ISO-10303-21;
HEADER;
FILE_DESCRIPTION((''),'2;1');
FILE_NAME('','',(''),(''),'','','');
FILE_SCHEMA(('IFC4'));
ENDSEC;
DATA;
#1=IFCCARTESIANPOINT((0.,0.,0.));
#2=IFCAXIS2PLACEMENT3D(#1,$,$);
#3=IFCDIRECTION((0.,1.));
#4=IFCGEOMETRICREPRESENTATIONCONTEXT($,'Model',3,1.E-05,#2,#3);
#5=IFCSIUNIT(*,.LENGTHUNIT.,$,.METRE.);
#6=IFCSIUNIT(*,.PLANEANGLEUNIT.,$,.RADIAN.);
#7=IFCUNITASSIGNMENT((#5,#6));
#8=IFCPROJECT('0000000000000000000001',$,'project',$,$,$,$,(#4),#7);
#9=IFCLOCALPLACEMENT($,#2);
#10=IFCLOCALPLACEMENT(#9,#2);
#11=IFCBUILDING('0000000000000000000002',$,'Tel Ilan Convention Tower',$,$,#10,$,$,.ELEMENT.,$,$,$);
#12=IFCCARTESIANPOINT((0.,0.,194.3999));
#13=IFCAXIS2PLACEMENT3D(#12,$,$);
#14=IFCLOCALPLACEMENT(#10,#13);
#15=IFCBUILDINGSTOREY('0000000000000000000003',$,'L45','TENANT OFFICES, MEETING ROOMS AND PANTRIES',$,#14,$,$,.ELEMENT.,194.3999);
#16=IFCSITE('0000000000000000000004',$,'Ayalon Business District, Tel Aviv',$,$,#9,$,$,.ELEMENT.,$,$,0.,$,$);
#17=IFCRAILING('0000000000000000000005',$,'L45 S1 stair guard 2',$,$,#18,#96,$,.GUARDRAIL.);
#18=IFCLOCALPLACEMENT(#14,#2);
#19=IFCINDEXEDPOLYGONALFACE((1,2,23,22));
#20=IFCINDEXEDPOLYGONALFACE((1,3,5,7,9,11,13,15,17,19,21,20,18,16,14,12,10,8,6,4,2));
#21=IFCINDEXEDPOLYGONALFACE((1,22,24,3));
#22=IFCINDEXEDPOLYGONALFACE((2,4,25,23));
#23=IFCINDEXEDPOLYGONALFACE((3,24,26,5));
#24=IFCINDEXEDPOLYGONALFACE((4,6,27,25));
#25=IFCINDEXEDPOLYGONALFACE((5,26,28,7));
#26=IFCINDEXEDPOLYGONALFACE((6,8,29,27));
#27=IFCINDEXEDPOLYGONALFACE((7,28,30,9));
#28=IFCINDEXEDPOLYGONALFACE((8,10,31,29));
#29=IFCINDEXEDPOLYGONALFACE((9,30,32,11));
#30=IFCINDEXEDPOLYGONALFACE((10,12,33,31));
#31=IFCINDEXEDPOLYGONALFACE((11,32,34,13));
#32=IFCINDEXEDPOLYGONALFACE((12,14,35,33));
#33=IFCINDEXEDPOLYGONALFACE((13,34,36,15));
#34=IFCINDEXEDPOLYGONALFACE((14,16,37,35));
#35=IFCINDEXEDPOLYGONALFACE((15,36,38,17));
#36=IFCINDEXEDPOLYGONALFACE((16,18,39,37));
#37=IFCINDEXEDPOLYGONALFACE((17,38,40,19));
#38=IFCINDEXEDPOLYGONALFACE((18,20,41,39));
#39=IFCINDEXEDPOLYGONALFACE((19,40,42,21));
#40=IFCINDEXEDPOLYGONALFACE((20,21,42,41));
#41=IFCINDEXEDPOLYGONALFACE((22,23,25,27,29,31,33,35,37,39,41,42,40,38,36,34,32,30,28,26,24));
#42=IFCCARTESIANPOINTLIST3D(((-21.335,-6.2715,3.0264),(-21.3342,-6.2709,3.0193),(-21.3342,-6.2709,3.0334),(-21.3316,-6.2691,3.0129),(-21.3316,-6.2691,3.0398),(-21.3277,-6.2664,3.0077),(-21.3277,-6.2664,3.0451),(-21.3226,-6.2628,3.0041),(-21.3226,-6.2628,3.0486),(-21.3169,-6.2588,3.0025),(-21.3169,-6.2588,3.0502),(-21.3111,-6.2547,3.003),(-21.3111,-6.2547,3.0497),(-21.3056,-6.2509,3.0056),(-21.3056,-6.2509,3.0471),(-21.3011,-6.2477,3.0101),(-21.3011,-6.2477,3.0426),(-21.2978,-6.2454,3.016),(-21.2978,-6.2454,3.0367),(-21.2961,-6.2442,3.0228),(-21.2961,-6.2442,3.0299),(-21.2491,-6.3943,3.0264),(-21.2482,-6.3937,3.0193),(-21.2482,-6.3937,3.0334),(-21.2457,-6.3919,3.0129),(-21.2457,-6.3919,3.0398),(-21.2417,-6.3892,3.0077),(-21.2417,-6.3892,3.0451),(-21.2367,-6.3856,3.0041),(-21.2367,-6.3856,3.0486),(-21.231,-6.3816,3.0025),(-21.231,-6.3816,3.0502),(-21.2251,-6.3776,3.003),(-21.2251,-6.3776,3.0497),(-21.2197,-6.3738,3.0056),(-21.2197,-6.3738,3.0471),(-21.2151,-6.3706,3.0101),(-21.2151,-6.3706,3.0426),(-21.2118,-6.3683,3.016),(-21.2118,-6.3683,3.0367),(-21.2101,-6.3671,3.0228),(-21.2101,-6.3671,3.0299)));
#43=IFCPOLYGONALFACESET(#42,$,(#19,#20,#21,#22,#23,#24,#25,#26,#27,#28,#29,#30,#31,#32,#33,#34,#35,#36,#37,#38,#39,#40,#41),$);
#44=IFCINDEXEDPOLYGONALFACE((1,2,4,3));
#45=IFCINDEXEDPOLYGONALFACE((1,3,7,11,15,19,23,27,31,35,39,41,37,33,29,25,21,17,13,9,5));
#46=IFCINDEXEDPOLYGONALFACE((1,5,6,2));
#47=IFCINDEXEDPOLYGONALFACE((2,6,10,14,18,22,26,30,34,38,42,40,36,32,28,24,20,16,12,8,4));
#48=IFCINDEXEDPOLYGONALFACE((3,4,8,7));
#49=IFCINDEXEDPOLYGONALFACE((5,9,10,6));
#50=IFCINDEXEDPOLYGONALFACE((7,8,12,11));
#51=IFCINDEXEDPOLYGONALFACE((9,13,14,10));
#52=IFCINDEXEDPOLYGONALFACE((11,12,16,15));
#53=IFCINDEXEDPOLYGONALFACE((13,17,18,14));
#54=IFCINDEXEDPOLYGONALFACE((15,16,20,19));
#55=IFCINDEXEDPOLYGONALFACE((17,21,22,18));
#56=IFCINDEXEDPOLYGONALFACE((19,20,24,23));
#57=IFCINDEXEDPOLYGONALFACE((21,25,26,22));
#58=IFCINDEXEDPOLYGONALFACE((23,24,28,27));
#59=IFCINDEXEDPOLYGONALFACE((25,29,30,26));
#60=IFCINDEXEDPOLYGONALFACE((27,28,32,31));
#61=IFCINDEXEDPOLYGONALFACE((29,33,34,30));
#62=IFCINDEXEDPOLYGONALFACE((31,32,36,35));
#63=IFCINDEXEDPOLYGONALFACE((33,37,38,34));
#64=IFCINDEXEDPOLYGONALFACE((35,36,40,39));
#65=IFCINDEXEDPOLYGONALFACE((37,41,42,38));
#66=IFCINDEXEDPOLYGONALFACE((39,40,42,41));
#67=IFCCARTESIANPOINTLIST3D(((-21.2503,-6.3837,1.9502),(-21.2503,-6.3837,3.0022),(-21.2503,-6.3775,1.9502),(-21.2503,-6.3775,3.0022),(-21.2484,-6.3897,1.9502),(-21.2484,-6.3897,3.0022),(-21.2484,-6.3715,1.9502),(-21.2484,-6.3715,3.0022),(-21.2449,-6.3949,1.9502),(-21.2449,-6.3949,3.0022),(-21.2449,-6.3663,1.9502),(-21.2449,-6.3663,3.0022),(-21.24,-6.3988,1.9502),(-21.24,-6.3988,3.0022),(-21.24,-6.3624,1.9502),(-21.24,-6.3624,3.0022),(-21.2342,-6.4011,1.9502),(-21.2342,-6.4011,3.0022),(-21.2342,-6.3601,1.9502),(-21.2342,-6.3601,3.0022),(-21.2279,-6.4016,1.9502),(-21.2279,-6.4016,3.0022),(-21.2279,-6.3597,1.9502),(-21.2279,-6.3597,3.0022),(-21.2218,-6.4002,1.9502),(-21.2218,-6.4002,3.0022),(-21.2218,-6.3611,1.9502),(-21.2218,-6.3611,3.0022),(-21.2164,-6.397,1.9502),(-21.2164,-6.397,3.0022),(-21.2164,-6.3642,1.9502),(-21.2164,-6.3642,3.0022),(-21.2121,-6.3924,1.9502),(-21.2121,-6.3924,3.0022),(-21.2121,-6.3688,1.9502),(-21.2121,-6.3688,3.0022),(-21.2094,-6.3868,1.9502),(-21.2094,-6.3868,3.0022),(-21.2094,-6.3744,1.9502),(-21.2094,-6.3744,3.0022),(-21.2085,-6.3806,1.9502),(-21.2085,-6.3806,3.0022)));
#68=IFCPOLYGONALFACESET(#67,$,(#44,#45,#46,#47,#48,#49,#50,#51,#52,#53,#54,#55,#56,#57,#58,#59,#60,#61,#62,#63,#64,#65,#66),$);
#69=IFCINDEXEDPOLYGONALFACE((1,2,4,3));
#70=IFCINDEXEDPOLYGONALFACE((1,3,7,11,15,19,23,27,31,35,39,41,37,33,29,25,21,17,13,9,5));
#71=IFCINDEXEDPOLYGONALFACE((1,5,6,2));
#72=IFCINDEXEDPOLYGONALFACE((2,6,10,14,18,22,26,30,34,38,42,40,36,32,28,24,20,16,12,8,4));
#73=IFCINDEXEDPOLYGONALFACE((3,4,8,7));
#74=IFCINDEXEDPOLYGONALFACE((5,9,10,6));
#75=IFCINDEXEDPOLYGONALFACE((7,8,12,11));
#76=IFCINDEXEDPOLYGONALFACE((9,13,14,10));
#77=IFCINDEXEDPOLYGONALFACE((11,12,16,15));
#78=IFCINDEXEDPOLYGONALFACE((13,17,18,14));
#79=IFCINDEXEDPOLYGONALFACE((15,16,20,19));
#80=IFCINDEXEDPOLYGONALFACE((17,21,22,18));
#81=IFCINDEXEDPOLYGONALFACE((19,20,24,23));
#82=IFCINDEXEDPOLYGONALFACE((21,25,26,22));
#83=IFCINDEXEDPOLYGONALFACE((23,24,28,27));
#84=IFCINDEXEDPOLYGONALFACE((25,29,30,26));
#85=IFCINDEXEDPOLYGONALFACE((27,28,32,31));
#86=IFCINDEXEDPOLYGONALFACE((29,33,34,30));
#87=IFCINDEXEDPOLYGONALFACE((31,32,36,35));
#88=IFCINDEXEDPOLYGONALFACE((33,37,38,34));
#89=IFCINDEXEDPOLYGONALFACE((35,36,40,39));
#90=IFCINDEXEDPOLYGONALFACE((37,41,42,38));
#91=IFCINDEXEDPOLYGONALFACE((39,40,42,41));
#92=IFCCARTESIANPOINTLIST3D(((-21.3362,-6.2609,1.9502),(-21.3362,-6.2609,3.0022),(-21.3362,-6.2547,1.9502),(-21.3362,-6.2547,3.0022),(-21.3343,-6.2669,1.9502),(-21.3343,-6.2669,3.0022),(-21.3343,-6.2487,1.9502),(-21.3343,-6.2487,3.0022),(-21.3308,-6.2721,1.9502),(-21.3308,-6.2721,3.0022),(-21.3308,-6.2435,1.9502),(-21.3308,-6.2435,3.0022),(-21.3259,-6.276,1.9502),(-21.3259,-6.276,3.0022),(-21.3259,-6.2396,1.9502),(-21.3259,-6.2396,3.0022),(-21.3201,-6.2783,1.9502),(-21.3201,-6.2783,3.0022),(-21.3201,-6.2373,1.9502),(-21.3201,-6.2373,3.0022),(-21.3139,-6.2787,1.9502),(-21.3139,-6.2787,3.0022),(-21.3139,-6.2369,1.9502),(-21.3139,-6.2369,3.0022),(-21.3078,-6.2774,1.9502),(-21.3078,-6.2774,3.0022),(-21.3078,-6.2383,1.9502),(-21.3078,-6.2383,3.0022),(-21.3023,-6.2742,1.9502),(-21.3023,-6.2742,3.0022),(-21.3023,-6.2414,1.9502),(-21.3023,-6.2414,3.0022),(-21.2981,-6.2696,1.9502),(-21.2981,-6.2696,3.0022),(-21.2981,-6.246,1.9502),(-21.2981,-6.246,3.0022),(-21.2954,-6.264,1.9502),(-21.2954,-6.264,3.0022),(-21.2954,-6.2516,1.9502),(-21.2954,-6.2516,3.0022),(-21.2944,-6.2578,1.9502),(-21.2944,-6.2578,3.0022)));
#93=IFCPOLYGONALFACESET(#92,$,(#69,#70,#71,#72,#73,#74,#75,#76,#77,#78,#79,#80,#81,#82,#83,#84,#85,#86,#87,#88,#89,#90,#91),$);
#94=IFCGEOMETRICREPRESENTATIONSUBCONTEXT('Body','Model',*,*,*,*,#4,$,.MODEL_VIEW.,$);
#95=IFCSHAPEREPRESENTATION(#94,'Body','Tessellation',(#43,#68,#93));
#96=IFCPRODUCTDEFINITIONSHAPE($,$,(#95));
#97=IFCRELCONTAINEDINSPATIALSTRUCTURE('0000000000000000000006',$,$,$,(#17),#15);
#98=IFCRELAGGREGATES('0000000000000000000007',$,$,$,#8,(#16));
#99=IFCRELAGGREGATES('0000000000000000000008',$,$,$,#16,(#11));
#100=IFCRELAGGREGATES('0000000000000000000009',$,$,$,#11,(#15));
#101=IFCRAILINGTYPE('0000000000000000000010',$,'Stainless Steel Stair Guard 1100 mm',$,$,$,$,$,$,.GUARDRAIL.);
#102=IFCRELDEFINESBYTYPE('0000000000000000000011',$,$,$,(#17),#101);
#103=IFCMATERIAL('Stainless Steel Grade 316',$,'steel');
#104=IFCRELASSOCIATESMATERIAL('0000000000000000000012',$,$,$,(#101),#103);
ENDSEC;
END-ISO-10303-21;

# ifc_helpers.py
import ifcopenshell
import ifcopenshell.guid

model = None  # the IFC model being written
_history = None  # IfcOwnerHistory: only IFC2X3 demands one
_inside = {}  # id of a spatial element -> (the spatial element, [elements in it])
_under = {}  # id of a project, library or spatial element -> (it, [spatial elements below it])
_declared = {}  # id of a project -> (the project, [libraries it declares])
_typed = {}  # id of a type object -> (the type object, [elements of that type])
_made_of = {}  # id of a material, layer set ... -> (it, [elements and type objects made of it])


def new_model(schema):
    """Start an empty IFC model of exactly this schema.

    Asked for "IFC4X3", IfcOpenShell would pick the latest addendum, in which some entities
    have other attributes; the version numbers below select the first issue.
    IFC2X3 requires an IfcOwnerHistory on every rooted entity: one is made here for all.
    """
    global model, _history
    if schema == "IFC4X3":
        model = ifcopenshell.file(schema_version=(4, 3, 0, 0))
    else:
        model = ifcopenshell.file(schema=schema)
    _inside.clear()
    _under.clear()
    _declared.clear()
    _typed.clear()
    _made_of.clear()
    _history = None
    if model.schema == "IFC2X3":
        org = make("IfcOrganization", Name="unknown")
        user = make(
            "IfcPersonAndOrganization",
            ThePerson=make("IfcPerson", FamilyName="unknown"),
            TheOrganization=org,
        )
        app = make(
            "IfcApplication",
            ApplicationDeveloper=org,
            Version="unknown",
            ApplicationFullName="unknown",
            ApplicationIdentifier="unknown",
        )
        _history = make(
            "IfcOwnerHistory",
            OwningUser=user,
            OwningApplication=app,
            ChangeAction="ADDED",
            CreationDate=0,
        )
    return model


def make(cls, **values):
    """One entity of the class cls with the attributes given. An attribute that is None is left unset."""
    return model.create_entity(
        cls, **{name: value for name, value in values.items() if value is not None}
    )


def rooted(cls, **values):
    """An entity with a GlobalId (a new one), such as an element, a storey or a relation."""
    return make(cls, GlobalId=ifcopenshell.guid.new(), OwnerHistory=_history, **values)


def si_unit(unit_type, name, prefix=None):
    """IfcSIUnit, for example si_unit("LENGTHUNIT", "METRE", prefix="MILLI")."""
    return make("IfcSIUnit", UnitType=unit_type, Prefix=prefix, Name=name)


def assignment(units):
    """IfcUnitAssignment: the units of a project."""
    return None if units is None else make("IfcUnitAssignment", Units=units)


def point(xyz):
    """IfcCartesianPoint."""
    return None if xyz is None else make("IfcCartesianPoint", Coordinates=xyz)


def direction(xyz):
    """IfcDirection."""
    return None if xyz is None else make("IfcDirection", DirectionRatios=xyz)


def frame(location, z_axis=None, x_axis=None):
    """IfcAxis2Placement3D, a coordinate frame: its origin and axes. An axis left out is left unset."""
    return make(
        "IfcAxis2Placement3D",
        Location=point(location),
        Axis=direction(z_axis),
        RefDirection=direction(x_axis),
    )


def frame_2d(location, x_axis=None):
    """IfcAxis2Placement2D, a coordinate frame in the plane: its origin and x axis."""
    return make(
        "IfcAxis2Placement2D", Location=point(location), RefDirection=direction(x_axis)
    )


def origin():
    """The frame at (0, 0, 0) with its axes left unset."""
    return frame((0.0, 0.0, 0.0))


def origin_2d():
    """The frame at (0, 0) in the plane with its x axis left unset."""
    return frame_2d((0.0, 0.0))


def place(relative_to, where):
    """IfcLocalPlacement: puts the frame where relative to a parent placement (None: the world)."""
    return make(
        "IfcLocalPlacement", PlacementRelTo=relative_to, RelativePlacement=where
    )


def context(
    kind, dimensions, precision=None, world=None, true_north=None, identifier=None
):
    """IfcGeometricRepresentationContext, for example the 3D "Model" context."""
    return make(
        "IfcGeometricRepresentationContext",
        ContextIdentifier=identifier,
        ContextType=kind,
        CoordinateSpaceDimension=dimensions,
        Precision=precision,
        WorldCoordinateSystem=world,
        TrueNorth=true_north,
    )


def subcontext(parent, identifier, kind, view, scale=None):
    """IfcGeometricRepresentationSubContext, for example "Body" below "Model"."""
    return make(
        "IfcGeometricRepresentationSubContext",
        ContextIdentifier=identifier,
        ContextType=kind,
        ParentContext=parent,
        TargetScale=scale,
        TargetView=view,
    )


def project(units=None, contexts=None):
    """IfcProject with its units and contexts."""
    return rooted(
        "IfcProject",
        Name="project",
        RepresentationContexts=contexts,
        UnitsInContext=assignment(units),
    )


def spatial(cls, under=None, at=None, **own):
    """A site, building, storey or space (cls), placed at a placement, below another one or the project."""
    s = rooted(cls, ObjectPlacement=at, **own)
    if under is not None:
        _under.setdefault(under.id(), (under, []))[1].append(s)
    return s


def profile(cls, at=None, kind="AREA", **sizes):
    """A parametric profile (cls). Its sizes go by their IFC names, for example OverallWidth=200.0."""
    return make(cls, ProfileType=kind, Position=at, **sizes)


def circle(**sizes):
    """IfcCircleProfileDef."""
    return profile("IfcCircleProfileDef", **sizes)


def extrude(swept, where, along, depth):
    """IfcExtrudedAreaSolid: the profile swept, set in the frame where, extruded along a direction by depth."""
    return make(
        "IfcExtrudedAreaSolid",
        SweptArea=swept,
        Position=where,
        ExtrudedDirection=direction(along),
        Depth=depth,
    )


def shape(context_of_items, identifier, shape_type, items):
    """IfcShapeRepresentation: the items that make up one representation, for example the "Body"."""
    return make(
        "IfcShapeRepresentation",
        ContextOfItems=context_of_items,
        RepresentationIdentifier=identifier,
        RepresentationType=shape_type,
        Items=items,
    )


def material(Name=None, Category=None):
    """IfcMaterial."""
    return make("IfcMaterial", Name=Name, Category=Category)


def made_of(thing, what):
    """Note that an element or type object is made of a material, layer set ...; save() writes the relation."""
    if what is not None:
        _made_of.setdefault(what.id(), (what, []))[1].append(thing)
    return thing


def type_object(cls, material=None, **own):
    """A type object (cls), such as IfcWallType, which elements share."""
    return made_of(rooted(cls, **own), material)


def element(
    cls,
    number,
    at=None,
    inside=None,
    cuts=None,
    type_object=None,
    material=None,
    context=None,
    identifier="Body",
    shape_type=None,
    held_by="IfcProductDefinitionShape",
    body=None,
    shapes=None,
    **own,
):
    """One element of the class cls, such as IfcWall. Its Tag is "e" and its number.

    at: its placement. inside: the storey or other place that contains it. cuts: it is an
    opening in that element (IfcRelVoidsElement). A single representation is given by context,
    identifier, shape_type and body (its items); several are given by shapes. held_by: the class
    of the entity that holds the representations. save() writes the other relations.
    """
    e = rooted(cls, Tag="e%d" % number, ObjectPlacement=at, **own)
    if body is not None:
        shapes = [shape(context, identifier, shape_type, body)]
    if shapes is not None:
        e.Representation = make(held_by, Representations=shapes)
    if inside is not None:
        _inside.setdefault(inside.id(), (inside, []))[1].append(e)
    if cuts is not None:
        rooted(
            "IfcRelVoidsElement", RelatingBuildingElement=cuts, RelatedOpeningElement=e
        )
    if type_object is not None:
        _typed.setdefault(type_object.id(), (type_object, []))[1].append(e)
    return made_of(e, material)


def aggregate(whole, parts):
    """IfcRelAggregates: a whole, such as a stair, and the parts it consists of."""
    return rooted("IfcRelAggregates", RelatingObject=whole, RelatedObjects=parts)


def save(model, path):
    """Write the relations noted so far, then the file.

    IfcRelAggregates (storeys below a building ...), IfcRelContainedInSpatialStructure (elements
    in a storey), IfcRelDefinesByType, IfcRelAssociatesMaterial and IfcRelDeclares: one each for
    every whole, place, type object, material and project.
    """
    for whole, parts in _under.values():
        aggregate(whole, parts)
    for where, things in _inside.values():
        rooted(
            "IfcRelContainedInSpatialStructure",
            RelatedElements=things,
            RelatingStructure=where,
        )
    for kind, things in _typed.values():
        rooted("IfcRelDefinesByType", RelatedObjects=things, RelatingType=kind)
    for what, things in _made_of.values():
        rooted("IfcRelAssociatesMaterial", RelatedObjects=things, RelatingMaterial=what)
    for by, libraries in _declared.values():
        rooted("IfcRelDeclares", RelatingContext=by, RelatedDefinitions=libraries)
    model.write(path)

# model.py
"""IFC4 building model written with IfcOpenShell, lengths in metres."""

from ifc_helpers import new_model, si_unit, direction, frame, origin, origin_2d, place, context, subcontext, project, spatial, circle, extrude, material, type_object, element, save


model = new_model("IFC4")

# Units and contexts
model_context = context("Model", 3, precision=1e-05, world=origin(), true_north=direction((0.0, 1.0)))
body_context = subcontext(model_context, "Body", "Model", "MODEL_VIEW")
ifc_project = project(units=[si_unit("LENGTHUNIT", "METRE"), si_unit("PLANEANGLEUNIT", "RADIAN")], contexts=[model_context])

# Site, building, storey
site_placement = place(None, origin())
site = spatial("IfcSite", under=ifc_project, at=site_placement, Name="Ayalon Business District, Tel Aviv", CompositionType="ELEMENT", RefElevation=0.0)
building_placement = place(site_placement, origin())
building = spatial("IfcBuilding", under=site, at=building_placement, Name="Tel Ilan Convention Tower", CompositionType="ELEMENT")
storey_placement = place(building_placement, frame((0.0, 0.0, 194.3999)))
storey = spatial("IfcBuildingStorey", under=building, at=storey_placement, Name="L45", Description="TENANT OFFICES, MEETING ROOMS AND PANTRIES", CompositionType="ELEMENT", Elevation=194.3999)

# Railing
ifc_material_1 = material(Name="Stainless Steel Grade 316", Category="steel")
railing_type_1 = type_object("IfcRailingType", Name="Stainless Steel Stair Guard 1100 mm", PredefinedType="GUARDRAIL", material=ifc_material_1)
railing_1_placement = place(storey_placement, frame((-21.2295, -6.3806, 1.9502)))
element("IfcRailing", 1, at=railing_1_placement, inside=storey, type_object=railing_type_1, Name="L45 S1 stair guard 2", PredefinedType="GUARDRAIL", context=body_context, shape_type="SweptSolid", body=[
    extrude(circle(Radius=0.0239, at=origin_2d()), frame((0.0, 0.0, 1.0762), z_axis=(-0.573353, 0.819308, 0.0), x_axis=(-0.819308, -0.573353, 0.0)), (0.0, 0.0, 1.0), 0.1499),
    extrude(circle(Radius=0.021, at=origin_2d()), origin(), (0.0, 0.0, 1.0), 1.052),
    extrude(circle(Radius=0.021, at=origin_2d()), frame((-0.0859, 0.1228, 0.0)), (0.0, 0.0, 1.0), 1.052),
])

save(model, "model.ifc")
